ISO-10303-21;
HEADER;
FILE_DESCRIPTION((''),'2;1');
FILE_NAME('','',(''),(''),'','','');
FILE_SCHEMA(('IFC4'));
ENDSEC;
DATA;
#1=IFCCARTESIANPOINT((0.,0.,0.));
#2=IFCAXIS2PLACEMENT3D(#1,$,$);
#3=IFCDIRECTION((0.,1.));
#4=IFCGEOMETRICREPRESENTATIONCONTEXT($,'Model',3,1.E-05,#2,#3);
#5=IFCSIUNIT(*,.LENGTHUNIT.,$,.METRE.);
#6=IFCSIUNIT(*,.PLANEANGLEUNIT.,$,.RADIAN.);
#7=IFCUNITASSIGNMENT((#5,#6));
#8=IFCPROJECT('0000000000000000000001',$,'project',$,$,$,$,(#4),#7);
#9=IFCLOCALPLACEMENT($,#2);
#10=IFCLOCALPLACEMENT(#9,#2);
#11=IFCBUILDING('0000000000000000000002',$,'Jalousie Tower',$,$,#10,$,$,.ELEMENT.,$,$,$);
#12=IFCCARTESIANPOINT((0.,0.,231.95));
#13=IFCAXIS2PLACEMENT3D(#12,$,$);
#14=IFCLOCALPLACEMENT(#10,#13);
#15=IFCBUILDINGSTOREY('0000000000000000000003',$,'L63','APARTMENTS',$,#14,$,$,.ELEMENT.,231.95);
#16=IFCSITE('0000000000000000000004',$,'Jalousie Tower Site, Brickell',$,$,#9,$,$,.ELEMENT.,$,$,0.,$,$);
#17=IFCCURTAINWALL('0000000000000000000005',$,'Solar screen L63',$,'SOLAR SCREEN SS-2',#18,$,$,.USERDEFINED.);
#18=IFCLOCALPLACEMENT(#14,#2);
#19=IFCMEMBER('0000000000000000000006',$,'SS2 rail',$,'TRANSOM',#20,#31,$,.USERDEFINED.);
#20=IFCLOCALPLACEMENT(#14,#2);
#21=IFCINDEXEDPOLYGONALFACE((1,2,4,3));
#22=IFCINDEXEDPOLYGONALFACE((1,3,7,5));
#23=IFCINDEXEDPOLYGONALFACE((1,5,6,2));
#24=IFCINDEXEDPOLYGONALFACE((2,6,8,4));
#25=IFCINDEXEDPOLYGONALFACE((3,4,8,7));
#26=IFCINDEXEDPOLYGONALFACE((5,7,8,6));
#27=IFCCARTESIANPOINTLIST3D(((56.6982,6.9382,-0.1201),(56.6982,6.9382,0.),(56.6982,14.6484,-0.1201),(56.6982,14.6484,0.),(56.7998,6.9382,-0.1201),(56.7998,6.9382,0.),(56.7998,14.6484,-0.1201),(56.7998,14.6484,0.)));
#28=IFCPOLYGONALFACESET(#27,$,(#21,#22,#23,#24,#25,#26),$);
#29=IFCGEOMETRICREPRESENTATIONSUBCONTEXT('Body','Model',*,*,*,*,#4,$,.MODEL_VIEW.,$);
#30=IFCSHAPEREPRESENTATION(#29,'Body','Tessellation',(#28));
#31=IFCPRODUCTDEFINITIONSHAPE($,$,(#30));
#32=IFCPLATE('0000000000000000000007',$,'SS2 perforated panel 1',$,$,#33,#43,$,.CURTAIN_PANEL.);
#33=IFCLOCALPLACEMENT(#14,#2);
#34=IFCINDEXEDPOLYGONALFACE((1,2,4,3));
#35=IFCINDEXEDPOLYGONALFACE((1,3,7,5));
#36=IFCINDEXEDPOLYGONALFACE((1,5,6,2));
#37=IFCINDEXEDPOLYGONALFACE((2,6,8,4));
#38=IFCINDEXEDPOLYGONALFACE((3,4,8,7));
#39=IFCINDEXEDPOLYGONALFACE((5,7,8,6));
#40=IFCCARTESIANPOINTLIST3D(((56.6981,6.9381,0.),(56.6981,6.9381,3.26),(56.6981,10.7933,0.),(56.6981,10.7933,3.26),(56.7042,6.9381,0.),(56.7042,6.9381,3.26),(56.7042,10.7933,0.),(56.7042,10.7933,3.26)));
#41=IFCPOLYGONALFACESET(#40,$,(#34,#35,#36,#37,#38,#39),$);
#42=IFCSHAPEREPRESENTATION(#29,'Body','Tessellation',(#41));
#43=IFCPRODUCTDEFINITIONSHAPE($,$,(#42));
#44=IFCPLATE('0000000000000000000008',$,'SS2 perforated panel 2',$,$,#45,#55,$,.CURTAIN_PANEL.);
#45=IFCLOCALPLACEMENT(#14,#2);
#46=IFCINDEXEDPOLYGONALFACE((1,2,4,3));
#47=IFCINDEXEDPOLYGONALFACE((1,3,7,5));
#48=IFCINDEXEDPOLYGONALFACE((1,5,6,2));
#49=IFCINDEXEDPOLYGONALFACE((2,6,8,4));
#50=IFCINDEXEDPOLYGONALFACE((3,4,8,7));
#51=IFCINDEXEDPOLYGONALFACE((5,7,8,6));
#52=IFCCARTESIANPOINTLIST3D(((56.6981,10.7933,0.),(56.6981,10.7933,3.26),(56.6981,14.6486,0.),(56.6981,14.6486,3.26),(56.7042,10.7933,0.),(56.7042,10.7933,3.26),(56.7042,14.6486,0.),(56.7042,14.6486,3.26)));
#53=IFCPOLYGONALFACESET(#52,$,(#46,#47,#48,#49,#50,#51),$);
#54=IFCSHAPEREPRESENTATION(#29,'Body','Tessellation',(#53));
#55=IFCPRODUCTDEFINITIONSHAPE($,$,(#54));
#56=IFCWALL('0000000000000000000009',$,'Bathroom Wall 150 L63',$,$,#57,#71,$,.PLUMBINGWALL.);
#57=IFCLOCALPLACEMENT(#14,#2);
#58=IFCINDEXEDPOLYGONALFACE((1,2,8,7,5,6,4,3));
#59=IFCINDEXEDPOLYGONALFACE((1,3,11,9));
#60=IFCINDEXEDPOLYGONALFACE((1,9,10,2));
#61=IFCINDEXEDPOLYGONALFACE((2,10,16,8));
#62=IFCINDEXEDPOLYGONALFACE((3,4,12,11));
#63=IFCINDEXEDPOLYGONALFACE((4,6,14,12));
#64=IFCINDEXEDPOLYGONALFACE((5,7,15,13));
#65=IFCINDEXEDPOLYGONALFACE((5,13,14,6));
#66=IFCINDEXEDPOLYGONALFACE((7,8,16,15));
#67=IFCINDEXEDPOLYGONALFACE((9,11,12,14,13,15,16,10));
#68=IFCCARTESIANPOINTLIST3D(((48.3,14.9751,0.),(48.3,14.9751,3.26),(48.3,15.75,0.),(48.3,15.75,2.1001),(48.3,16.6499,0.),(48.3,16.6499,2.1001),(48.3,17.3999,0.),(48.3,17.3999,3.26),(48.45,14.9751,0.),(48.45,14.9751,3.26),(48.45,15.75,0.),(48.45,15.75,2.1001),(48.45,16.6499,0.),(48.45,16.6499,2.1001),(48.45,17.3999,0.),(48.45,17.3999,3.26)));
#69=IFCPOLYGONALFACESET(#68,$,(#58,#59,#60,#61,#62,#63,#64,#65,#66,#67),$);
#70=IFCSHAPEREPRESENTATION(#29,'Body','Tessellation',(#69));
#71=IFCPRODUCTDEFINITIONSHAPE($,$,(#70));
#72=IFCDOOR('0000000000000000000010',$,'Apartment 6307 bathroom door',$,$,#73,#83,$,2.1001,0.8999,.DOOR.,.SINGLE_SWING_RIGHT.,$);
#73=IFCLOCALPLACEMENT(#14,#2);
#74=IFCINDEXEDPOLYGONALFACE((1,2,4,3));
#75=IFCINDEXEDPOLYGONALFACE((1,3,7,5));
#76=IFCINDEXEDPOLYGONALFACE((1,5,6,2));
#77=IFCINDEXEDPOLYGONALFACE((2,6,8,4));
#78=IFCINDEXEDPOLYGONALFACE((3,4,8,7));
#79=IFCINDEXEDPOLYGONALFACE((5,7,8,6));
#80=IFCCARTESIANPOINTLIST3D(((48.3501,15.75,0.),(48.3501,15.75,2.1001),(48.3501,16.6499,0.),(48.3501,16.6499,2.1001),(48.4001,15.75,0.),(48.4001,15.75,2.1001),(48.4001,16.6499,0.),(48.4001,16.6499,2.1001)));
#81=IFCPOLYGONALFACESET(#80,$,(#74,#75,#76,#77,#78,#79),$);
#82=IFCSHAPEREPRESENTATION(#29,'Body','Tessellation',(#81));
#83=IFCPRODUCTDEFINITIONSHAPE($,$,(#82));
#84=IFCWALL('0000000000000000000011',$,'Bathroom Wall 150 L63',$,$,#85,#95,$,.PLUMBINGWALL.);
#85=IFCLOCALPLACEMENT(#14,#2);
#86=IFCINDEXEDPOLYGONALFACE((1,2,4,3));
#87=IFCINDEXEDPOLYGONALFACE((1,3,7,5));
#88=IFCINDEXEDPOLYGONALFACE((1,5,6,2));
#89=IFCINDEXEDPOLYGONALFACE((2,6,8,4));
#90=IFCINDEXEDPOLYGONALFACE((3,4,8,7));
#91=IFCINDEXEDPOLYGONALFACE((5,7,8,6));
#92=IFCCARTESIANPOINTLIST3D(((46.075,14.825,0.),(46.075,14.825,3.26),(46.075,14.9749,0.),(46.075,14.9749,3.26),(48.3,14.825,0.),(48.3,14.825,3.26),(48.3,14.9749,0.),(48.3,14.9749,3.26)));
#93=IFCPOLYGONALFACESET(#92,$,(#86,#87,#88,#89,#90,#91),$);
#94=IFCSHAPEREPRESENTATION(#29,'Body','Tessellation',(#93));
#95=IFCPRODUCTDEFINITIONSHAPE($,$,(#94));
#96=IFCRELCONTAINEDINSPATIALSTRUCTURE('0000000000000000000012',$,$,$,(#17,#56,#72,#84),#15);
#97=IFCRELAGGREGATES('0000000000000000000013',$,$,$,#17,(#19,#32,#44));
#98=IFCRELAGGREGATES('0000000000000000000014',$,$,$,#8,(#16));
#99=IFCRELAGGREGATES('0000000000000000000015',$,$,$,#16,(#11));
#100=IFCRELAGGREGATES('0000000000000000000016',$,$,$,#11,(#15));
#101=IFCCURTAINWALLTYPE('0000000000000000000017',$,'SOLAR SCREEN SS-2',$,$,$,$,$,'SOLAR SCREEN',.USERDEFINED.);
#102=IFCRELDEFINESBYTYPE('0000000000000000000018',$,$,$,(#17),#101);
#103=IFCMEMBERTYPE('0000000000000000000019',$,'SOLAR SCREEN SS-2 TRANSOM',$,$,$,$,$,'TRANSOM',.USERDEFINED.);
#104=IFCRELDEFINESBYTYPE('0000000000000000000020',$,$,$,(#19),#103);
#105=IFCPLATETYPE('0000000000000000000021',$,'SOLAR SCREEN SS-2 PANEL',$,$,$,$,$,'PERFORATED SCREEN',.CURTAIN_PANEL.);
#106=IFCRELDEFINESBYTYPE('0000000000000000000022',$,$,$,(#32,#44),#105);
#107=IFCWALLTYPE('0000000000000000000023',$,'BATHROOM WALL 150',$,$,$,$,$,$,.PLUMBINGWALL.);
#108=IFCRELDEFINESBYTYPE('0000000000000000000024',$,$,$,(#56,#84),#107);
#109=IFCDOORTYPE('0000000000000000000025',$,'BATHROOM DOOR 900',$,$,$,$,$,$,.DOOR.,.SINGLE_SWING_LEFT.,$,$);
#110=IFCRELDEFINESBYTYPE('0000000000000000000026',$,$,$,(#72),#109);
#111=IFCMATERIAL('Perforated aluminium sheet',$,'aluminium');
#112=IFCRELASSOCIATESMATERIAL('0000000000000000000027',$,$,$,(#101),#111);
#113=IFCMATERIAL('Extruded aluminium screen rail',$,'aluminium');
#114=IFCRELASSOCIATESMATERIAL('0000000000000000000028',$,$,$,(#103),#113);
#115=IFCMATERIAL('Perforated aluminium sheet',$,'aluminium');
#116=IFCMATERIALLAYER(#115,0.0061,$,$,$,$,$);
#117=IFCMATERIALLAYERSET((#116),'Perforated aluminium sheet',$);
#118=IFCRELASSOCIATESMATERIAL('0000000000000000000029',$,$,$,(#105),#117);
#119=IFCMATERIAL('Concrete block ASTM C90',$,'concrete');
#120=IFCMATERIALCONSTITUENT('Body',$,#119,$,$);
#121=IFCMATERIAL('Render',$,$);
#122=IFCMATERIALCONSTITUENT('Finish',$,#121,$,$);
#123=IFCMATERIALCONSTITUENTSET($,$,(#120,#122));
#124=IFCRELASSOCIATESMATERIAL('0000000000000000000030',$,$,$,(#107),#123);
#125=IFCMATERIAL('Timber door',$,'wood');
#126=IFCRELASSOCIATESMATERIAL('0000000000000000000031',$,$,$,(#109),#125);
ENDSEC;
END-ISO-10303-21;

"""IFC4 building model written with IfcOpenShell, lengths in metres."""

from ifc_helpers import new_model, si_unit, direction, frame, frame_2d, origin, origin_2d, place, context, subcontext, project, spatial, rectangle, extrude, material, layer, layer_set, constituent, constituent_set, material_profile, profile_set, type_object, element, fill, aggregate, save


model = new_model("IFC4")

# Units and contexts
model_context = context("Model", 3, precision=1e-05, world=origin(), true_north=direction((0.0, 1.0)))
body_context = subcontext(model_context, "Body", "Model", "MODEL_VIEW")
ifc_project = project(units=[si_unit("LENGTHUNIT", "METRE"), si_unit("PLANEANGLEUNIT", "RADIAN")], contexts=[model_context])

# Site, building, storey
site_placement = place(None, origin())
site = spatial("IfcSite", under=ifc_project, at=site_placement, Name="Jalousie Tower Site, Brickell", CompositionType="ELEMENT", RefElevation=0.0)
building_placement = place(site_placement, origin())
building = spatial("IfcBuilding", under=site, at=building_placement, Name="Jalousie Tower", CompositionType="ELEMENT")
storey_placement = place(building_placement, frame((0.0, 0.0, 231.95)))
storey = spatial("IfcBuildingStorey", under=building, at=storey_placement, Name="L63", Description="APARTMENTS", CompositionType="ELEMENT", Elevation=231.95)

# Curtain wall, member, plates
ifc_material_1 = material(Name="Perforated aluminium sheet", Category="aluminium")
curtain_wall_type_1 = type_object("IfcCurtainWallType", Name="SOLAR SCREEN SS-2", ElementType="SOLAR SCREEN", PredefinedType="USERDEFINED", material=ifc_material_1)
curtain_wall_1_placement = place(storey_placement, origin())
curtain_wall_1 = element("IfcCurtainWall", 1, at=curtain_wall_1_placement, inside=storey, type_object=curtain_wall_type_1, Name="Solar screen L63", ObjectType="SOLAR SCREEN SS-2", PredefinedType="USERDEFINED")
ifc_material_2 = material(Name="Extruded aluminium screen rail", Category="aluminium")
ifc_material_profile_1 = material_profile(ifc_material_2, rectangle(XDim=0.1016, YDim=0.1201, at=origin_2d()), Name="RAIL 102x120")
ifc_profile_set_1 = profile_set([ifc_material_profile_1], Name="Extruded aluminium screen rail")
member_type_1 = type_object("IfcMemberType", Name="SOLAR SCREEN SS-2 TRANSOM", ElementType="TRANSOM", PredefinedType="USERDEFINED", material=ifc_profile_set_1)
member_1_placement = place(storey_placement, frame((56.749, 6.9382, -0.0601), z_axis=(0.0, 1.0, 0.0), x_axis=(-1.0, 0.0, 0.0)))
member_1 = element("IfcMember", 2, at=member_1_placement, type_object=member_type_1, Name="SS2 rail", ObjectType="TRANSOM", PredefinedType="USERDEFINED", context=body_context, shape_type="SweptSolid", body=[
    extrude(rectangle(XDim=0.1016, YDim=0.1201, at=origin_2d()), origin(), (0.0, 0.0, 1.0), 7.7102),
])
ifc_material_3 = material(Name="Perforated aluminium sheet", Category="aluminium")
ifc_layer_1 = layer(ifc_material_3, 0.0061)
ifc_layer_set_1 = layer_set([ifc_layer_1], Name="Perforated aluminium sheet")
plate_type = type_object("IfcPlateType", Name="SOLAR SCREEN SS-2 PANEL", ElementType="PERFORATED SCREEN", PredefinedType="CURTAIN_PANEL", material=ifc_layer_set_1)
plate_1_placement = place(storey_placement, frame((56.7012, 8.8657, 0.0), z_axis=(0.0, 0.0, 1.0), x_axis=(0.0, 1.0, 0.0)))
plate_1 = element("IfcPlate", 3, at=plate_1_placement, type_object=plate_type, Name="SS2 perforated panel 1", PredefinedType="CURTAIN_PANEL", context=body_context, shape_type="SweptSolid", body=[
    extrude(rectangle(XDim=3.8552, YDim=0.0061, at=origin_2d()), origin(), (0.0, 0.0, 1.0), 3.26),
])
plate_2_placement = place(storey_placement, frame((56.7012, 12.7209, 0.0), z_axis=(0.0, 0.0, 1.0), x_axis=(0.0, 1.0, 0.0)))
plate_2 = element("IfcPlate", 4, at=plate_2_placement, type_object=plate_type, Name="SS2 perforated panel 2", PredefinedType="CURTAIN_PANEL", context=body_context, shape_type="SweptSolid", body=[
    extrude(rectangle(XDim=3.8552, YDim=0.0061, at=origin_2d()), origin(), (0.0, 0.0, 1.0), 3.26),
])
aggregate(curtain_wall_1, [member_1, plate_1, plate_2])

# Wall, opening, door
ifc_material_4 = material(Name="Concrete block ASTM C90", Category="concrete")
ifc_constituent_1 = constituent(ifc_material_4, Name="Body")
ifc_material_5 = material(Name="Render")
ifc_constituent_2 = constituent(ifc_material_5, Name="Finish")
ifc_constituent_set_1 = constituent_set(constituents=[ifc_constituent_1, ifc_constituent_2])
wall_type_1 = type_object("IfcWallType", Name="BATHROOM WALL 150", PredefinedType="PLUMBINGWALL", material=ifc_constituent_set_1)
wall_1_placement = place(storey_placement, frame((48.375, 14.9751, 0.0), z_axis=(0.0, 0.0, 1.0), x_axis=(0.0, 1.0, 0.0)))
wall_1 = element("IfcWall", 5, at=wall_1_placement, inside=storey, type_object=wall_type_1, Name="Bathroom Wall 150 L63", PredefinedType="PLUMBINGWALL", context=body_context, shape_type="SweptSolid", body=[
    extrude(rectangle(XDim=2.4248, YDim=0.1499, at=frame_2d((1.2124, 0.0))), origin(), (0.0, 0.0, 1.0), 3.26),
])
opening_1_placement = place(wall_1_placement, frame((0.7749, 0.0, 0.0)))
opening_1 = element("IfcOpeningElement", 6, at=opening_1_placement, cuts=wall_1, PredefinedType="OPENING", context=body_context, shape_type="SweptSolid", body=[
    extrude(rectangle(XDim=0.8999, YDim=2.1001, at=frame_2d((0.45, 1.05))), frame((0.0, 0.085, 0.0), z_axis=(0.0, -1.0, 0.0), x_axis=(1.0, 0.0, 0.0)), (0.0, 0.0, 1.0), 0.1699),
])
ifc_material_6 = material(Name="Timber door", Category="wood")
door_type_1 = type_object("IfcDoorType", Name="BATHROOM DOOR 900", OperationType="SINGLE_SWING_LEFT", PredefinedType="DOOR", material=ifc_material_6)
door_1_placement = place(opening_1_placement, origin())
door_1 = element("IfcDoor", 7, at=door_1_placement, inside=storey, type_object=door_type_1, Name="Apartment 6307 bathroom door", OperationType="SINGLE_SWING_RIGHT", OverallHeight=2.1001, OverallWidth=0.8999, PredefinedType="DOOR", context=body_context, shape_type="SweptSolid", body=[
    extrude(rectangle(XDim=0.8999, YDim=2.1001, at=frame_2d((0.45, 1.05))), frame((0.0, 0.0249, 0.0), z_axis=(0.0, -1.0, 0.0), x_axis=(1.0, 0.0, 0.0)), (0.0, 0.0, 1.0), 0.05),
])
fill(opening_1, door_1)

# Wall
wall_2_placement = place(storey_placement, frame((48.3, 14.8999, 0.0), z_axis=(0.0, 0.0, 1.0), x_axis=(-1.0, 0.0, 0.0)))
element("IfcWall", 8, at=wall_2_placement, inside=storey, type_object=wall_type_1, Name="Bathroom Wall 150 L63", PredefinedType="PLUMBINGWALL", context=body_context, shape_type="SweptSolid", body=[
    extrude(rectangle(XDim=2.2251, YDim=0.1499, at=frame_2d((1.1125, 0.0))), origin(), (0.0, 0.0, 1.0), 3.26),
])

save(model, "model.ifc")
